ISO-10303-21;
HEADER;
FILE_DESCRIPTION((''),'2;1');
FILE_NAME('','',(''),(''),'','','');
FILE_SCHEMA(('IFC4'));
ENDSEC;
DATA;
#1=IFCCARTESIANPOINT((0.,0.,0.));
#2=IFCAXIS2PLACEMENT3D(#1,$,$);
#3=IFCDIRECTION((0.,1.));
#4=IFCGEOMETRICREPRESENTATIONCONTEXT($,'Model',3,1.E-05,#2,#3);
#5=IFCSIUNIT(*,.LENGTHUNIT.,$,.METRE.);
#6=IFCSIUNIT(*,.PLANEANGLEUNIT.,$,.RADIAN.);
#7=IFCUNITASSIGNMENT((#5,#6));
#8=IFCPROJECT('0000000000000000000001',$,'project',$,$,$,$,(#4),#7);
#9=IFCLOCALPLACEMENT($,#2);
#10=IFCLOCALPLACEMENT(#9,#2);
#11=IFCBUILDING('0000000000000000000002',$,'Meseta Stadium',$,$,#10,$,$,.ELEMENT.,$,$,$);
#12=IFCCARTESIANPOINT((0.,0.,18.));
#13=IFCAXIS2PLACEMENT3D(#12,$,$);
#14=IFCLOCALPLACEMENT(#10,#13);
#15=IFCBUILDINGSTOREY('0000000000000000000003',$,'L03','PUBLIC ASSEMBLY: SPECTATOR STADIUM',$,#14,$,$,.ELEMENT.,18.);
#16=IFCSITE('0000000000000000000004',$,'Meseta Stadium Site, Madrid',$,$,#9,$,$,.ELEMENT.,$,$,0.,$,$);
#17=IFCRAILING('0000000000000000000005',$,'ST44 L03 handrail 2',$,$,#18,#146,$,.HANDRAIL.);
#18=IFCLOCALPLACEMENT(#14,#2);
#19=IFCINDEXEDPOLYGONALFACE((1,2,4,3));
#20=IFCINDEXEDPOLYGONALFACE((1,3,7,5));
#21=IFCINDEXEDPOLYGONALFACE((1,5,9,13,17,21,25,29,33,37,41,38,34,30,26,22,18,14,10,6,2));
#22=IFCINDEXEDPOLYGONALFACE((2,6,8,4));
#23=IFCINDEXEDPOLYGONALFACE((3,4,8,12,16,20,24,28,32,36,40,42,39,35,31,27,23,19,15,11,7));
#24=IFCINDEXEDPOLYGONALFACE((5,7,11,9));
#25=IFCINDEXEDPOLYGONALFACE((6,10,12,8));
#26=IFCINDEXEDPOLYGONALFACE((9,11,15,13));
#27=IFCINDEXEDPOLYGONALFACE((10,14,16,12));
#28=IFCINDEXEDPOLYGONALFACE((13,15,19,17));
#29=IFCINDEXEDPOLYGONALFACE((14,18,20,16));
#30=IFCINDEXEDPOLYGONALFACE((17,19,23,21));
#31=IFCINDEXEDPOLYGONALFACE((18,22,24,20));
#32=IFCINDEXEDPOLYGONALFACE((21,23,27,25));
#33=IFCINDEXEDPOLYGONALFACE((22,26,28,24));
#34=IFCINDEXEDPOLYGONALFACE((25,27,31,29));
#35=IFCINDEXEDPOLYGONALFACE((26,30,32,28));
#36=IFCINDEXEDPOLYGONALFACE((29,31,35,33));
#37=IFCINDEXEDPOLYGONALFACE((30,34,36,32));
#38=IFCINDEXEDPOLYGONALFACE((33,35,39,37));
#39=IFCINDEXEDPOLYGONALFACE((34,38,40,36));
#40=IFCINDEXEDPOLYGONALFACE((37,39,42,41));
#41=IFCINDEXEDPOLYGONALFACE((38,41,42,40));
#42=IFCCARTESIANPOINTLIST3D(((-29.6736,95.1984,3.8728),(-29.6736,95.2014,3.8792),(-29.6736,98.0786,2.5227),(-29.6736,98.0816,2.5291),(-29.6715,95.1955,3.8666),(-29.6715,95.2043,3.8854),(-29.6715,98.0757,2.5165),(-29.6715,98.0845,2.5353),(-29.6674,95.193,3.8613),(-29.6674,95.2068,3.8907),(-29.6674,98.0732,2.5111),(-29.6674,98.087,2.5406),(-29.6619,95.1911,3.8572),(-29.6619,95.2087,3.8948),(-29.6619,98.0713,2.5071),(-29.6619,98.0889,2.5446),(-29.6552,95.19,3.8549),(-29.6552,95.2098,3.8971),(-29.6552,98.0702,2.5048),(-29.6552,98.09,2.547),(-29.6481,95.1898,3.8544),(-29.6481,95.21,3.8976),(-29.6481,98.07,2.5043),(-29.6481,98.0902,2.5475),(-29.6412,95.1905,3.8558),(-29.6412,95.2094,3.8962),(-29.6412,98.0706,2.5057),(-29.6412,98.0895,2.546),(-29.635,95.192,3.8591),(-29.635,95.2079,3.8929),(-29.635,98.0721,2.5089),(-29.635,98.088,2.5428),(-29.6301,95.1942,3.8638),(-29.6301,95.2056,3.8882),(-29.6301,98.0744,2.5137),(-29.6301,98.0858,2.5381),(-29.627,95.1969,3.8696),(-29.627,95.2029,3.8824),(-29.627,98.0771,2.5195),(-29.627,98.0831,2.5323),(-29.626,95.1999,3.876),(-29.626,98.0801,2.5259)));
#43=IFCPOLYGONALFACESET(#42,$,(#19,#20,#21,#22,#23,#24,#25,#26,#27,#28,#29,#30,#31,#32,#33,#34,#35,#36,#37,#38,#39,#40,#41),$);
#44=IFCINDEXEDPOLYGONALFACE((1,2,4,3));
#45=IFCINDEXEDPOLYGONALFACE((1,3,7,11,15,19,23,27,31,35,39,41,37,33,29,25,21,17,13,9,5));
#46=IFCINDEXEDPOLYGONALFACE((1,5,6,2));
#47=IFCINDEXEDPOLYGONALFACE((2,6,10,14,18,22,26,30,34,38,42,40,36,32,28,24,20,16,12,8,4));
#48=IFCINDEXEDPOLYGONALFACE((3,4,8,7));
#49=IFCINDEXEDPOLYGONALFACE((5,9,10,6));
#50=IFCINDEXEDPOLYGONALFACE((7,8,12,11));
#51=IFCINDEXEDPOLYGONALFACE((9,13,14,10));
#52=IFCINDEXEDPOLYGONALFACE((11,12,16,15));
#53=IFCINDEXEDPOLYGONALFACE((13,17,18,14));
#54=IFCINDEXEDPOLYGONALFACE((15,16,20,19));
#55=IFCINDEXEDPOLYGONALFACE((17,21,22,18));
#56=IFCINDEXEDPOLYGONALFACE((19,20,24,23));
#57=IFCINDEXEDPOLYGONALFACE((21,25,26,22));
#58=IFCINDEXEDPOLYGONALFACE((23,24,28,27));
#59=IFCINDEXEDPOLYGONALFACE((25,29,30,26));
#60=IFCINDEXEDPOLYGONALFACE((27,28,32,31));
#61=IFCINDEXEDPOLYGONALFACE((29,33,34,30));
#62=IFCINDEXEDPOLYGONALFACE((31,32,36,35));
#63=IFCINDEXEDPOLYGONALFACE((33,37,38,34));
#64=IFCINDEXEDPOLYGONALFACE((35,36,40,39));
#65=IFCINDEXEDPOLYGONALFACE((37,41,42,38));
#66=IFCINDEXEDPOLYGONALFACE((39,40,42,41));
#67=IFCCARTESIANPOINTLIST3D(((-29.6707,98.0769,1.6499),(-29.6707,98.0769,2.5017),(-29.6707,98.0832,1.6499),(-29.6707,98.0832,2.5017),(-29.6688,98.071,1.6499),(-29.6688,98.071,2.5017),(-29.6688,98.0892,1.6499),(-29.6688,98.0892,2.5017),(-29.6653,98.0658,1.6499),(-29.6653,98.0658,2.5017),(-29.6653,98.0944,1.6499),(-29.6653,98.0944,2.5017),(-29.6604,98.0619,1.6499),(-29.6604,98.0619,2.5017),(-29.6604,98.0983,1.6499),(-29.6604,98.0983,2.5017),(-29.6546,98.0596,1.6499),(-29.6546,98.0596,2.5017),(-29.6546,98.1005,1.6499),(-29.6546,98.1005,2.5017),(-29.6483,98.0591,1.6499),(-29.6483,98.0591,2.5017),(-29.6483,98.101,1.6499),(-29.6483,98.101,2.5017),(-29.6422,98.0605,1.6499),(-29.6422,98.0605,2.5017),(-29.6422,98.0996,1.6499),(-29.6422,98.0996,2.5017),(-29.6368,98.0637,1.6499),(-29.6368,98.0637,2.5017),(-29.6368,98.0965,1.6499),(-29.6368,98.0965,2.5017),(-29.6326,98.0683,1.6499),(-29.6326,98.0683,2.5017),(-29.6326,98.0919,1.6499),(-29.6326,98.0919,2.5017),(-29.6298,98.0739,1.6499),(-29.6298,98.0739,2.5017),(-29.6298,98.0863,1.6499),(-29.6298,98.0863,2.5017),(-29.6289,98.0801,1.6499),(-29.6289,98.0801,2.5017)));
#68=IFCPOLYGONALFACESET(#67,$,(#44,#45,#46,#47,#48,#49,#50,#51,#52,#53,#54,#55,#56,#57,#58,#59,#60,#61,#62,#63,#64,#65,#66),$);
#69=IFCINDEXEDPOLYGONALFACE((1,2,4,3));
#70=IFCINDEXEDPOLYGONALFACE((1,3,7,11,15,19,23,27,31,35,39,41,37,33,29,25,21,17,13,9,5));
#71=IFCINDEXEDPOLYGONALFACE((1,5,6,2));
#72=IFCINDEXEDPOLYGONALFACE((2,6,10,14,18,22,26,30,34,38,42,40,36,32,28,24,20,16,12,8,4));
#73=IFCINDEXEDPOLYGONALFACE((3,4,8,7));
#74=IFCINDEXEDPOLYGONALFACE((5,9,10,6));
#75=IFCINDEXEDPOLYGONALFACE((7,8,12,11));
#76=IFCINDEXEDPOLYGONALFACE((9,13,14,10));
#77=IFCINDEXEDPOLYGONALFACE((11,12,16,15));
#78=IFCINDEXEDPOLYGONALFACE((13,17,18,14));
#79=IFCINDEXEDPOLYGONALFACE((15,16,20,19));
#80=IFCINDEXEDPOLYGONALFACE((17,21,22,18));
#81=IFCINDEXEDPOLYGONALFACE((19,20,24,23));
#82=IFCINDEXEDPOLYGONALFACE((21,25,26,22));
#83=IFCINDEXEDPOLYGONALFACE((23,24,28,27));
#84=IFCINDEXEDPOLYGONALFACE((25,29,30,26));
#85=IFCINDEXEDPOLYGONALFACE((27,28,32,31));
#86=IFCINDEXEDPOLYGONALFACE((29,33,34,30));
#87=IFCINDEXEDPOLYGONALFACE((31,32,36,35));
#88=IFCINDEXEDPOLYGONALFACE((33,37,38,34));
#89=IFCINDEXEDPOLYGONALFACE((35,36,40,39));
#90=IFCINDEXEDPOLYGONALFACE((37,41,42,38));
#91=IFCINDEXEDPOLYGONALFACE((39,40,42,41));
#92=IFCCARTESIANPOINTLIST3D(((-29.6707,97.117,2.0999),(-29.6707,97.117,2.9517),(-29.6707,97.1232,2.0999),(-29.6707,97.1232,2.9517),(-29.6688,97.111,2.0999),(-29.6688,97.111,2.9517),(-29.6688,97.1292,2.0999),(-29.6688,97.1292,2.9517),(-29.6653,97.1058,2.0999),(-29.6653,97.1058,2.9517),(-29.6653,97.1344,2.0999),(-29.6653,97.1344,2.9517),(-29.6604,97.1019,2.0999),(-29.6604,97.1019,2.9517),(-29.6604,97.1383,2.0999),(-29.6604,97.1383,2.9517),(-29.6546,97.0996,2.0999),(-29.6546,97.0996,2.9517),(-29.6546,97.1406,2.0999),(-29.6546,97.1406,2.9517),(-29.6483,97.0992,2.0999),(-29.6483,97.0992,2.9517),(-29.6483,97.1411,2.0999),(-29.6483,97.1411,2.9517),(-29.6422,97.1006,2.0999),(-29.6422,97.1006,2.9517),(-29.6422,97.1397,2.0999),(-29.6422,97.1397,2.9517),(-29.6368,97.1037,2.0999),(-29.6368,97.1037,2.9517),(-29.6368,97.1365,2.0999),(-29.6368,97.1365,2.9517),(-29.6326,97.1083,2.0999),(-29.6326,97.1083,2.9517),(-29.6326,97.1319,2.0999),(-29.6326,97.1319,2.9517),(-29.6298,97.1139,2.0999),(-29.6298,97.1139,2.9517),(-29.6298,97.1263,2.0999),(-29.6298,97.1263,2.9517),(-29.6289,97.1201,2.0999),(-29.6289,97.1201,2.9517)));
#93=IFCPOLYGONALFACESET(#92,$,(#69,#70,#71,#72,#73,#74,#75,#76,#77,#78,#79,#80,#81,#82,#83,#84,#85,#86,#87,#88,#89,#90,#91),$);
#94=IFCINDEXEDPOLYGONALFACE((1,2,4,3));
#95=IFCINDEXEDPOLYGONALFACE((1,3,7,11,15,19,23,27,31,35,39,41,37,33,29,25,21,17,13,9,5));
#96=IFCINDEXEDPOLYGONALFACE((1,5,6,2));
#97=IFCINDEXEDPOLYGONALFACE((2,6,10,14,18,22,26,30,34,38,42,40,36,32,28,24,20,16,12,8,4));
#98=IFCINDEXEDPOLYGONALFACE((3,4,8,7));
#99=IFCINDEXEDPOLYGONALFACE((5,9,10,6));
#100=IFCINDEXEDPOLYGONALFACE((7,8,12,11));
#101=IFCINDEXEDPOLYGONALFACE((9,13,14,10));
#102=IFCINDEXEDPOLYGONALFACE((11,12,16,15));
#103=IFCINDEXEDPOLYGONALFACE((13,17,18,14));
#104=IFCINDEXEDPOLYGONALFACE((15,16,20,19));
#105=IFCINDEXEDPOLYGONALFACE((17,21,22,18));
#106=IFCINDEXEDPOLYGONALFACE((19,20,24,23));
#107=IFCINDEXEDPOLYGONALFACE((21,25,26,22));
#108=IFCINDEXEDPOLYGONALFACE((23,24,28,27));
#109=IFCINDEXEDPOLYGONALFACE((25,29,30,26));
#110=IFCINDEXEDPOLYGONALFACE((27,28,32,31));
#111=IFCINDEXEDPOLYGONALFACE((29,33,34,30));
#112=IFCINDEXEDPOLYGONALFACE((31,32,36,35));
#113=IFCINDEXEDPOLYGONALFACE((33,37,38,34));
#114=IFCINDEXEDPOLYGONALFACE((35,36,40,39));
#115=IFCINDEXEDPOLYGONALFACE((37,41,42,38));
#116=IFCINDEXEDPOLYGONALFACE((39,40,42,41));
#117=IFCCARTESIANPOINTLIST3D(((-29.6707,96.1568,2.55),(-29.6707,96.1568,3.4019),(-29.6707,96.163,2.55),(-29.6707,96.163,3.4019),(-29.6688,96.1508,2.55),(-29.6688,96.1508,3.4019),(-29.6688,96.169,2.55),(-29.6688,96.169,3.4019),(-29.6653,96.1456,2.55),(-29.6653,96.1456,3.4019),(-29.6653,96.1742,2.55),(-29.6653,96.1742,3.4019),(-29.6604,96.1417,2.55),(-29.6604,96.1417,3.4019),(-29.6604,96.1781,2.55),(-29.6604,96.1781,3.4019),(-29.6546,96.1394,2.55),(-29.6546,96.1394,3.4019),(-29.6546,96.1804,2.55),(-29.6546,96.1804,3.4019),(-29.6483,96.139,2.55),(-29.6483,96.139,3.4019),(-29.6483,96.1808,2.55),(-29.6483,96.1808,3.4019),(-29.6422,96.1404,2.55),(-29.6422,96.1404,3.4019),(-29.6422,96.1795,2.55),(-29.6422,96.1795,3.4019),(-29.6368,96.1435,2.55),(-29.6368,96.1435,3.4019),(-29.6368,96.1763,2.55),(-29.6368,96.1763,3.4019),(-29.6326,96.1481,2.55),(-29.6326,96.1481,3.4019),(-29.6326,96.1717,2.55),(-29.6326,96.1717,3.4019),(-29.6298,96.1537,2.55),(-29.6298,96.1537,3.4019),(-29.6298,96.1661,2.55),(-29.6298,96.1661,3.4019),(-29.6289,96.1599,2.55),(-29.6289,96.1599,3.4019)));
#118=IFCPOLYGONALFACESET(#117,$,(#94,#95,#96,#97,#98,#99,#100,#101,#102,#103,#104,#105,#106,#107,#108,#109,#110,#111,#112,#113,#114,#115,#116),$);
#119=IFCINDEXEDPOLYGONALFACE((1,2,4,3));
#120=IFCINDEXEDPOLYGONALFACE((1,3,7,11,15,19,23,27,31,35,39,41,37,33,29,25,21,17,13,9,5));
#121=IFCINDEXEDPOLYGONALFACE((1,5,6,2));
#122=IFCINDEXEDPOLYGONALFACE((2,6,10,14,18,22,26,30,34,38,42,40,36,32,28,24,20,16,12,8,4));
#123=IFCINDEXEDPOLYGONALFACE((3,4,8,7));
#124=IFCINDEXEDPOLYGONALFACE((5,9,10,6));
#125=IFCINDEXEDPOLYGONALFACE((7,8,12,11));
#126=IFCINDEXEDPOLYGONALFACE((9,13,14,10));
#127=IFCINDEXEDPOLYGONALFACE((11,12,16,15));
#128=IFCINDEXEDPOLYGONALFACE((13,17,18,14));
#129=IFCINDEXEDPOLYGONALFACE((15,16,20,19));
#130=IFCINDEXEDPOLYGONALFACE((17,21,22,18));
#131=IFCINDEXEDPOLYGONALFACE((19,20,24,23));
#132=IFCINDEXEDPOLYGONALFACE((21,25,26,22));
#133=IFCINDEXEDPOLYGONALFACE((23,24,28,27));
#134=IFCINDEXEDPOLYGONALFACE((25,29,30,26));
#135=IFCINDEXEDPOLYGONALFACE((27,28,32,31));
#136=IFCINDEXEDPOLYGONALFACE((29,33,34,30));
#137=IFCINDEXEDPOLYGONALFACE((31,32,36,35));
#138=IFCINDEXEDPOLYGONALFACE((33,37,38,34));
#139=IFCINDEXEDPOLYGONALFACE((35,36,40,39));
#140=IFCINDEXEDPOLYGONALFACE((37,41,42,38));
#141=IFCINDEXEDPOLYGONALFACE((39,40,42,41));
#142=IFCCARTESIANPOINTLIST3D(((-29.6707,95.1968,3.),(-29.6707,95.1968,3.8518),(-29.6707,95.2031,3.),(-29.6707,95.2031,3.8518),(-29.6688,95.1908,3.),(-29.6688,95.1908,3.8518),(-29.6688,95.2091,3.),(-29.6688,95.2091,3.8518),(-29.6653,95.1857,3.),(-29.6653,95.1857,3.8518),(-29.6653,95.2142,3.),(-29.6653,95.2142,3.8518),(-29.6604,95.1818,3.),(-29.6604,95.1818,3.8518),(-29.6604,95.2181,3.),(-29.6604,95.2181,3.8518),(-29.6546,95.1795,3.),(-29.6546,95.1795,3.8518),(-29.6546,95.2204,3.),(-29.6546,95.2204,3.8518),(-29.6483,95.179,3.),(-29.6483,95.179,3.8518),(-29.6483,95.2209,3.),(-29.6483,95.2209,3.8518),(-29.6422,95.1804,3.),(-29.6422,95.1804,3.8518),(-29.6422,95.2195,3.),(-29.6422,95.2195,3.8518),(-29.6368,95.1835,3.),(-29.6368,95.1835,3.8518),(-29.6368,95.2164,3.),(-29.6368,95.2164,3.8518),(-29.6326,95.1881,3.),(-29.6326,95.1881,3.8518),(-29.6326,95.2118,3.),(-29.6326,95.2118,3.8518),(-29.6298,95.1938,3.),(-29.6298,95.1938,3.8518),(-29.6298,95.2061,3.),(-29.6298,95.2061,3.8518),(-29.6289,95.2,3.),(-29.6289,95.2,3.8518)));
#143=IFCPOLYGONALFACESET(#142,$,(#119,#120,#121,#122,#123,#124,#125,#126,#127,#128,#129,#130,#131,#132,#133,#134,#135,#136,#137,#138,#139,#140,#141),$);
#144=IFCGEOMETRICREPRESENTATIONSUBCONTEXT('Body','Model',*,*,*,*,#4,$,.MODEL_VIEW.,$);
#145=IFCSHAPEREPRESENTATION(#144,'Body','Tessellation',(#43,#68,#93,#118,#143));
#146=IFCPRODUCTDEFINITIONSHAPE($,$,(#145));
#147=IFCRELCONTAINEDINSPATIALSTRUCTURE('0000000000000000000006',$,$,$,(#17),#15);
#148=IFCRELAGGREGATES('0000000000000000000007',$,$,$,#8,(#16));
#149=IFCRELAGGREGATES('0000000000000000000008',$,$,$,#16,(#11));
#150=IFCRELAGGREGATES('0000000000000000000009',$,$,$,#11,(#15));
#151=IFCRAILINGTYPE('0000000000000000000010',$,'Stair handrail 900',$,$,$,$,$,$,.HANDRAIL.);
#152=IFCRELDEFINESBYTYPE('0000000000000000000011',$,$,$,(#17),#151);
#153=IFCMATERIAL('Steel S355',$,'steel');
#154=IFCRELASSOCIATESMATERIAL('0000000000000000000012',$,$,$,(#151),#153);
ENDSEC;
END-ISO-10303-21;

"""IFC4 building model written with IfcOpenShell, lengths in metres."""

from ifc_helpers import new_model, si_unit, direction, frame, origin, origin_2d, place, context, subcontext, project, spatial, circle, extrude, material, type_object, element, save


model = new_model("IFC4")

# Units and contexts
model_context = context("Model", 3, precision=1e-05, world=origin(), true_north=direction((0.0, 1.0)))
body_context = subcontext(model_context, "Body", "Model", "MODEL_VIEW")
ifc_project = project(units=[si_unit("LENGTHUNIT", "METRE"), si_unit("PLANEANGLEUNIT", "RADIAN")], contexts=[model_context])

# Site, building, storey
site_placement = place(None, origin())
site = spatial("IfcSite", under=ifc_project, at=site_placement, Name="Meseta Stadium Site, Madrid", CompositionType="ELEMENT", RefElevation=0.0)
building_placement = place(site_placement, origin())
building = spatial("IfcBuilding", under=site, at=building_placement, Name="Meseta Stadium", CompositionType="ELEMENT")
storey_placement = place(building_placement, frame((0.0, 0.0, 18.0)))
storey = spatial("IfcBuildingStorey", under=building, at=storey_placement, Name="L03", Description="PUBLIC ASSEMBLY: SPECTATOR STADIUM", CompositionType="ELEMENT", Elevation=18.0)

# Railing
ifc_material_1 = material(Name="Steel S355", Category="steel")
railing_type_1 = type_object("IfcRailingType", Name="Stair handrail 900", PredefinedType="HANDRAIL", material=ifc_material_1)
for number, where, name in (
    (1, (-29.6499, 98.0801, 1.6499), "ST44 L03 handrail 2"),
):
    element("IfcRailing", number, at=place(storey_placement, frame(where)), inside=storey, type_object=railing_type_1, Name=name, PredefinedType="HANDRAIL", context=body_context, shape_type="SweptSolid", body=[
        extrude(circle(Radius=0.0239, at=origin_2d()), frame((0.0, 0.0, 0.876), z_axis=(0.0, -0.905454, 0.424444), x_axis=(1.0, 0.0, 0.0)), (0.0, 0.0, 1.0), 3.1809),
        extrude(circle(Radius=0.021, at=origin_2d()), origin(), (0.0, 0.0, 1.0), 0.8518),
        extrude(circle(Radius=0.021, at=origin_2d()), frame((0.0, -0.96, 0.45)), (0.0, 0.0, 1.0), 0.8518),
        extrude(circle(Radius=0.021, at=origin_2d()), frame((0.0, -1.9202, 0.9001)), (0.0, 0.0, 1.0), 0.8518),
        extrude(circle(Radius=0.021, at=origin_2d()), frame((0.0, -2.8801, 1.3501)), (0.0, 0.0, 1.0), 0.8518),
    ])

save(model, "model.ifc")
